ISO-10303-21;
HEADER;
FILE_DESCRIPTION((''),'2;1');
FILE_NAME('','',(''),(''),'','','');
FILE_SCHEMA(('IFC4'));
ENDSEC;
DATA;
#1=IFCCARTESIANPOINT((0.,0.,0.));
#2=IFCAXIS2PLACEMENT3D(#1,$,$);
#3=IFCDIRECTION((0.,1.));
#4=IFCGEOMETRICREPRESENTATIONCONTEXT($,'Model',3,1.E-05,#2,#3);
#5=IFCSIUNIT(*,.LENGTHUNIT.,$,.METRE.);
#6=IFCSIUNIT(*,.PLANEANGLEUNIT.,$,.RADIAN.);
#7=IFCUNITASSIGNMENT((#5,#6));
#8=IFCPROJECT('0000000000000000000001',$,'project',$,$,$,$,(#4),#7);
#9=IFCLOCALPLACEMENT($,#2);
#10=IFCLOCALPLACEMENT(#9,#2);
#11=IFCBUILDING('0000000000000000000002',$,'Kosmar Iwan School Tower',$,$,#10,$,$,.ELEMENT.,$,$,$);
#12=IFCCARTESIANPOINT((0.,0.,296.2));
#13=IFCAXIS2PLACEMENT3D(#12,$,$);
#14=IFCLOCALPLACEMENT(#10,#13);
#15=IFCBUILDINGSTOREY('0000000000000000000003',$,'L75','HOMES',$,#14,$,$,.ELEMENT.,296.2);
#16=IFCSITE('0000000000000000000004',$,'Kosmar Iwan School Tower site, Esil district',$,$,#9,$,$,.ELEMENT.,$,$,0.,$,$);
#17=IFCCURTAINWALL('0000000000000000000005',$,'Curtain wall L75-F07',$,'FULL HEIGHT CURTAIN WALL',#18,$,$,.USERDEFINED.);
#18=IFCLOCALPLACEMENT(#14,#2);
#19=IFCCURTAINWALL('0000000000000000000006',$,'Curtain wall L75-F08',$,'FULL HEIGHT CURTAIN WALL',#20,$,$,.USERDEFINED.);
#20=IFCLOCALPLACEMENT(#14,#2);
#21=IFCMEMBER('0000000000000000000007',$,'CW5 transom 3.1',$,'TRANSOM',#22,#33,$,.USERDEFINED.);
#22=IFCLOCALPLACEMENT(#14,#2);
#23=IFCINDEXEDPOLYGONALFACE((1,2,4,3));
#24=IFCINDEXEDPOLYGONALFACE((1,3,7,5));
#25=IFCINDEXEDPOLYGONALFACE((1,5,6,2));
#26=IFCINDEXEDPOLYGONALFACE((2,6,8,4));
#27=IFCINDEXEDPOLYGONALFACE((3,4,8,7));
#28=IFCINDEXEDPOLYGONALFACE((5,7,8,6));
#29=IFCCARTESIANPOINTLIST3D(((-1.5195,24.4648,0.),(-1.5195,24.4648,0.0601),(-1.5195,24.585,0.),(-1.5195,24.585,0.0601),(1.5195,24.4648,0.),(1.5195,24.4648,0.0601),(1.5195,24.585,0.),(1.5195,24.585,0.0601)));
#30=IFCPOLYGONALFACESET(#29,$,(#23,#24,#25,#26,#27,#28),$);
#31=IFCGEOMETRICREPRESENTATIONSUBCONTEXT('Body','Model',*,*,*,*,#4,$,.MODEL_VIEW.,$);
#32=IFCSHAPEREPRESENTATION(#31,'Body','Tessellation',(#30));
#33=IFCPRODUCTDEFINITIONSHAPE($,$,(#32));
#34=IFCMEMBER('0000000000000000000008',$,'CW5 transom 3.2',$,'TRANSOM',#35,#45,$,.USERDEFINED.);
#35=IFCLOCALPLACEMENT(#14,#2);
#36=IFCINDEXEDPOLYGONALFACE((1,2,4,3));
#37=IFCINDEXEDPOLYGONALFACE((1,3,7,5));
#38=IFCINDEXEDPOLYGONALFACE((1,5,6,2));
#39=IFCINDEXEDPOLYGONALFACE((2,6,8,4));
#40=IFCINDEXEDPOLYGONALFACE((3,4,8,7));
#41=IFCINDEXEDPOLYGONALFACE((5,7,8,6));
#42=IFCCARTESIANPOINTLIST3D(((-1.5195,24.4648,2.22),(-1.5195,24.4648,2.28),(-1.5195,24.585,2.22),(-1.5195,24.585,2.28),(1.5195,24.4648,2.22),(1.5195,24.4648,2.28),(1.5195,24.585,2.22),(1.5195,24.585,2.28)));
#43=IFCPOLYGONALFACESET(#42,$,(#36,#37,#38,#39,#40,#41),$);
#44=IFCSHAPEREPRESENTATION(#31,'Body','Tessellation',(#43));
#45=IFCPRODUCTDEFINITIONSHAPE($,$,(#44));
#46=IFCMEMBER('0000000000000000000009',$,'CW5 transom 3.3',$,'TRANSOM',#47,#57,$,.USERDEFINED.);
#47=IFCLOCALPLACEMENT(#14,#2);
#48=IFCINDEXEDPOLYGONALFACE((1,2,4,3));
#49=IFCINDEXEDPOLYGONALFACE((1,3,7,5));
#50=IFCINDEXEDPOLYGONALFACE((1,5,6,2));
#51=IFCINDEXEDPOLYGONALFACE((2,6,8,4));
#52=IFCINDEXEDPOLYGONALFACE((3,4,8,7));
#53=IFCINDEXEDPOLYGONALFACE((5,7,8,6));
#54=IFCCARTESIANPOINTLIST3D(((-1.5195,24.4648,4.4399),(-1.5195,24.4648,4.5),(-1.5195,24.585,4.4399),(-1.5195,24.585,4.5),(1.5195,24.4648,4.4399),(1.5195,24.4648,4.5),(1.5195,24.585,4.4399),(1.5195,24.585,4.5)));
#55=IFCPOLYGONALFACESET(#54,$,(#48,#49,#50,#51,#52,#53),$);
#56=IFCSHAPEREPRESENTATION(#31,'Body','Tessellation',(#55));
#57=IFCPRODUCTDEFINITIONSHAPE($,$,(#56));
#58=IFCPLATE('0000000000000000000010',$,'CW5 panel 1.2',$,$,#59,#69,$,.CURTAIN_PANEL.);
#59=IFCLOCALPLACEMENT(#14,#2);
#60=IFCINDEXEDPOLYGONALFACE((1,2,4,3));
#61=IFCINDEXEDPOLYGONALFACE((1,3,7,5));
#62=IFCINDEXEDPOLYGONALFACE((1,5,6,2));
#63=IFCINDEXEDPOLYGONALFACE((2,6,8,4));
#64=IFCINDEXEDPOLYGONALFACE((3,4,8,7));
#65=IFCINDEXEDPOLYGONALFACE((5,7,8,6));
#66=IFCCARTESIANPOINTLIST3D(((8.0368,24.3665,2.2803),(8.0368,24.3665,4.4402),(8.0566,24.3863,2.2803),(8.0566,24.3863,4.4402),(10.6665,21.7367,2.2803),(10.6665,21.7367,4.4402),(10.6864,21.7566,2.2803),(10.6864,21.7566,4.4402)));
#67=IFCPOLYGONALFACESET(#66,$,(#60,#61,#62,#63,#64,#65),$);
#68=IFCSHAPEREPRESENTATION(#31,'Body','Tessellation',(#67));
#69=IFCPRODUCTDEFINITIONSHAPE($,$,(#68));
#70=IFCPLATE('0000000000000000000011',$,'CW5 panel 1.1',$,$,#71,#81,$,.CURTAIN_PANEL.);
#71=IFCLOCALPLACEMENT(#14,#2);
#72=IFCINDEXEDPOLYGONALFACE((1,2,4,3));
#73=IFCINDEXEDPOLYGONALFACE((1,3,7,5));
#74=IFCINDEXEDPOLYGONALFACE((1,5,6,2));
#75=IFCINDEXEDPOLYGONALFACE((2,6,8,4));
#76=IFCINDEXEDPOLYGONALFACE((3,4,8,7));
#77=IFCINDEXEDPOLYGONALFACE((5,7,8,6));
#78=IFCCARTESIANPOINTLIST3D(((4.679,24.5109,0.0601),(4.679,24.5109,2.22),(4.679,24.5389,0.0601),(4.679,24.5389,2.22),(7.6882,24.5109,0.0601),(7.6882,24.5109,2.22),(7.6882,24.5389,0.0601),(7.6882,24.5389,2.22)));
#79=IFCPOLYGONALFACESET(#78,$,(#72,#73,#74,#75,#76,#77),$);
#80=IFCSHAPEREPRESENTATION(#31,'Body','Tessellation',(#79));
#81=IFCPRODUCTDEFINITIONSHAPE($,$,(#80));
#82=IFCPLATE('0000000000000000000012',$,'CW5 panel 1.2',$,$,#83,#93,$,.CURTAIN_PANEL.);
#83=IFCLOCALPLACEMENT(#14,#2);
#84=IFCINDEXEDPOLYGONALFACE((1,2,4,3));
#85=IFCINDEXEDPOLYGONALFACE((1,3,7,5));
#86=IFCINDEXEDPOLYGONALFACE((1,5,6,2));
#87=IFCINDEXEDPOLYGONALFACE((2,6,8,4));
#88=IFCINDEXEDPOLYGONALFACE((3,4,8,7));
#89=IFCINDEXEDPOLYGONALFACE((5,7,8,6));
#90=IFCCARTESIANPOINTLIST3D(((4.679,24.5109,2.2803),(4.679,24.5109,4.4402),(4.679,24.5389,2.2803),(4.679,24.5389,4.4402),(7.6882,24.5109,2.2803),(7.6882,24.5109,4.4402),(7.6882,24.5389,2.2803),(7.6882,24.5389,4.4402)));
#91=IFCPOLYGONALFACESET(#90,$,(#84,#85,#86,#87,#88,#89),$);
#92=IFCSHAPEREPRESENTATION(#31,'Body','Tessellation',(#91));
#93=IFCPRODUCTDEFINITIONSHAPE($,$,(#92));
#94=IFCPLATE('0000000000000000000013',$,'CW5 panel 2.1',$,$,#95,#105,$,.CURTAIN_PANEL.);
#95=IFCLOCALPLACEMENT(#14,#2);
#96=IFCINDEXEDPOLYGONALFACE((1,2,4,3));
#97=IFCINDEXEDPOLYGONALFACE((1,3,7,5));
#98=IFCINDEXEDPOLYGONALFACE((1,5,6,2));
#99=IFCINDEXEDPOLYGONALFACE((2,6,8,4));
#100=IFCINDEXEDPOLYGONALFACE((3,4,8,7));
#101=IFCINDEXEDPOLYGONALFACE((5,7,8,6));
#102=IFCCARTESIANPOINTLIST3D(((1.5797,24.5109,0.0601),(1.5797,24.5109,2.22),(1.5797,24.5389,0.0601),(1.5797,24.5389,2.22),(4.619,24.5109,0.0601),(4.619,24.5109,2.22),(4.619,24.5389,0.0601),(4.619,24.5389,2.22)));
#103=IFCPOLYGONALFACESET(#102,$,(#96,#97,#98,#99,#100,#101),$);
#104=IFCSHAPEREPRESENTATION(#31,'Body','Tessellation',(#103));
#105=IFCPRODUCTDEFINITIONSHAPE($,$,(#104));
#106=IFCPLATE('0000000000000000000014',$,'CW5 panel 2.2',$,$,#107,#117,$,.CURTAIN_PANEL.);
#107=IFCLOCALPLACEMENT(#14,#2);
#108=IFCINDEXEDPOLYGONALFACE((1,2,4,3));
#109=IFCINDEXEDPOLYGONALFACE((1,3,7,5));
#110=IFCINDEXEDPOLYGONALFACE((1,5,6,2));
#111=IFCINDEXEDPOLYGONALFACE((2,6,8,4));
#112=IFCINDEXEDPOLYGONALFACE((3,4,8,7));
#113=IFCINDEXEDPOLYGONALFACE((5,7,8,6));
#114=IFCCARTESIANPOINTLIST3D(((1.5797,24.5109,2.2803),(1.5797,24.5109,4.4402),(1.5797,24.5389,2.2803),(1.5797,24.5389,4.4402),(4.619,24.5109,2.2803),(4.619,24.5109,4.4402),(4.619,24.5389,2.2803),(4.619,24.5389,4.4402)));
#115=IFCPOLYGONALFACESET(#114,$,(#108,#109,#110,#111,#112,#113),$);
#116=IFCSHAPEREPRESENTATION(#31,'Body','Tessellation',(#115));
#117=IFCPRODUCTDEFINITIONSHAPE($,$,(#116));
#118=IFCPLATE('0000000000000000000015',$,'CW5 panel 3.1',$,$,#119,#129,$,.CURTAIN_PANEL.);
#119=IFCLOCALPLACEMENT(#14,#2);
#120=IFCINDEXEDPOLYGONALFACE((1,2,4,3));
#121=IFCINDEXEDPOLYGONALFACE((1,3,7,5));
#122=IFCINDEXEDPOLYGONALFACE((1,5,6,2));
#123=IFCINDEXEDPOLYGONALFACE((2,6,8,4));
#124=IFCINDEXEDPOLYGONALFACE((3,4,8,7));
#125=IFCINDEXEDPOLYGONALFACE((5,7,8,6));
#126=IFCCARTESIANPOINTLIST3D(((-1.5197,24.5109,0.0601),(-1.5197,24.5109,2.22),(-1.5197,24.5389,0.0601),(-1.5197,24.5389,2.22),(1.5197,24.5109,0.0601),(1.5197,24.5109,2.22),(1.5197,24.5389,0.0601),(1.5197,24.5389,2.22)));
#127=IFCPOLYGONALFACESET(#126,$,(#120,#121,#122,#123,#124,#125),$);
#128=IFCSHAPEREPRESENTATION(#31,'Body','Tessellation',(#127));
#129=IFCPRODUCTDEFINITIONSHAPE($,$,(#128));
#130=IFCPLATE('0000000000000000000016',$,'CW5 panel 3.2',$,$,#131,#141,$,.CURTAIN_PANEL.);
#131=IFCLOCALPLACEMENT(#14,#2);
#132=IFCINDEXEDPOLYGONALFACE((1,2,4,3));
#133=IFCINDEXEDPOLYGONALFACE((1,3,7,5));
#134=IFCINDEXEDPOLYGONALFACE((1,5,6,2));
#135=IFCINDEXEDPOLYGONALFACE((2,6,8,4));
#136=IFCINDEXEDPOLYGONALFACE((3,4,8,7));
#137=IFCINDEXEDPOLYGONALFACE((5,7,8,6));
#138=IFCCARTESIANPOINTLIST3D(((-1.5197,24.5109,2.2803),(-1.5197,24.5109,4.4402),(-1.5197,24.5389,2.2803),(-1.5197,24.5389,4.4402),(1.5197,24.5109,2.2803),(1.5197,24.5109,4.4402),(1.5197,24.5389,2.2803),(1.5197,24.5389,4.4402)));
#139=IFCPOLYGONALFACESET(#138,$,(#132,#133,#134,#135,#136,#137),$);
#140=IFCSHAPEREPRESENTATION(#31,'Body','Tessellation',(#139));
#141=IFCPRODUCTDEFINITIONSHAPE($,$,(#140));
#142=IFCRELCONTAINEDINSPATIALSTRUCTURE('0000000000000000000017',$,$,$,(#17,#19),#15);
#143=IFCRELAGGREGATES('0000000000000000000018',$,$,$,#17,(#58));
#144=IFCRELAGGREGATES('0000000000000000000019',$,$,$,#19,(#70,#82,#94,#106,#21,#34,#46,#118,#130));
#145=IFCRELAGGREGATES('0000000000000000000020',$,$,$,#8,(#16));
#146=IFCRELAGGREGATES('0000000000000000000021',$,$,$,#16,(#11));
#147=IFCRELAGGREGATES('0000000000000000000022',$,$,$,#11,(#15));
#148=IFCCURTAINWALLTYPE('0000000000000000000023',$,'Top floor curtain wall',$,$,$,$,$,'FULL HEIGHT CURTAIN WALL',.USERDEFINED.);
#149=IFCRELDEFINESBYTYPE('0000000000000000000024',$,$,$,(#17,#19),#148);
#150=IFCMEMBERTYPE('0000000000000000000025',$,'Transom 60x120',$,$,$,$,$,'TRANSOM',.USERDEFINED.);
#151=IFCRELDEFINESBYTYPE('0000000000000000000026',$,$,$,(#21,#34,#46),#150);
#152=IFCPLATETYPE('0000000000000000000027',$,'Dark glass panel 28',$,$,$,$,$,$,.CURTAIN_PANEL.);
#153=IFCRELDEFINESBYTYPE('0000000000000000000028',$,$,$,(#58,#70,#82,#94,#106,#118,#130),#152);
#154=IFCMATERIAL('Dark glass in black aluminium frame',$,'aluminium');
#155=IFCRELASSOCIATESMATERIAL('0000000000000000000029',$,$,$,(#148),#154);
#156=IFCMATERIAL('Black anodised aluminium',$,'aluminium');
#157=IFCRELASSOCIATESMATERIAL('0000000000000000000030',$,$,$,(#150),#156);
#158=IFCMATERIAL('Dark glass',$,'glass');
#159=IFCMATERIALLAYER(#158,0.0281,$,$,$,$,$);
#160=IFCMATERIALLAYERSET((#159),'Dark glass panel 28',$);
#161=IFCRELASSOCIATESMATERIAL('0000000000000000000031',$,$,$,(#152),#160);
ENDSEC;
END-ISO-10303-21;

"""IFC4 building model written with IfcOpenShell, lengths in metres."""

from ifc_helpers import new_model, si_unit, direction, frame, origin, origin_2d, place, context, subcontext, project, spatial, rectangle, extrude, material, layer, layer_set, material_profile, profile_set, type_object, element, aggregate, save


model = new_model("IFC4")

# Units and contexts
model_context = context("Model", 3, precision=1e-05, world=origin(), true_north=direction((0.0, 1.0)))
body_context = subcontext(model_context, "Body", "Model", "MODEL_VIEW")
ifc_project = project(units=[si_unit("LENGTHUNIT", "METRE"), si_unit("PLANEANGLEUNIT", "RADIAN")], contexts=[model_context])

# Site, building, storey
site_placement = place(None, origin())
site = spatial("IfcSite", under=ifc_project, at=site_placement, Name="Kosmar Iwan School Tower site, Esil district", CompositionType="ELEMENT", RefElevation=0.0)
building_placement = place(site_placement, origin())
building = spatial("IfcBuilding", under=site, at=building_placement, Name="Kosmar Iwan School Tower", CompositionType="ELEMENT")
storey_placement = place(building_placement, frame((0.0, 0.0, 296.2)))
storey = spatial("IfcBuildingStorey", under=building, at=storey_placement, Name="L75", Description="HOMES", CompositionType="ELEMENT", Elevation=296.2)

# Curtain wall
ifc_material_1 = material(Name="Dark glass in black aluminium frame", Category="aluminium")
curtain_wall_type = type_object("IfcCurtainWallType", Name="Top floor curtain wall", ElementType="FULL HEIGHT CURTAIN WALL", PredefinedType="USERDEFINED", material=ifc_material_1)
curtain_wall_1_placement = place(storey_placement, origin())
curtain_wall_1 = element("IfcCurtainWall", 1, at=curtain_wall_1_placement, inside=storey, type_object=curtain_wall_type, Name="Curtain wall L75-F07", ObjectType="FULL HEIGHT CURTAIN WALL", PredefinedType="USERDEFINED")

# Curtain wall
curtain_wall_2_placement = place(storey_placement, origin())
curtain_wall_2 = element("IfcCurtainWall", 2, at=curtain_wall_2_placement, inside=storey, type_object=curtain_wall_type, Name="Curtain wall L75-F08", ObjectType="FULL HEIGHT CURTAIN WALL", PredefinedType="USERDEFINED")

# Members
ifc_material_2 = material(Name="Black anodised aluminium", Category="aluminium")
ifc_material_profile_1 = material_profile(ifc_material_2, rectangle(XDim=0.1201, YDim=0.0601, at=origin_2d()), Name="TRANSOM 60x120")
ifc_profile_set_1 = profile_set([ifc_material_profile_1], Name="Black anodised aluminium")
member_type_1 = type_object("IfcMemberType", Name="Transom 60x120", ElementType="TRANSOM", PredefinedType="USERDEFINED", material=ifc_profile_set_1)
member_1_placement = place(storey_placement, frame((1.5195, 24.5249, 0.03), z_axis=(-1.0, 0.0, 0.0), x_axis=(0.0, -1.0, 0.0)))
member_1 = element("IfcMember", 3, at=member_1_placement, type_object=member_type_1, Name="CW5 transom 3.1", ObjectType="TRANSOM", PredefinedType="USERDEFINED", context=body_context, shape_type="SweptSolid", body=[
    extrude(rectangle(XDim=0.1201, YDim=0.0601, at=origin_2d()), origin(), (0.0, 0.0, 1.0), 3.0391),
])
member_2_placement = place(storey_placement, frame((1.5195, 24.5249, 2.25), z_axis=(-1.0, 0.0, 0.0), x_axis=(0.0, -1.0, 0.0)))
member_2 = element("IfcMember", 4, at=member_2_placement, type_object=member_type_1, Name="CW5 transom 3.2", ObjectType="TRANSOM", PredefinedType="USERDEFINED", context=body_context, shape_type="SweptSolid", body=[
    extrude(rectangle(XDim=0.1201, YDim=0.0601, at=origin_2d()), origin(), (0.0, 0.0, 1.0), 3.0391),
])
member_3_placement = place(storey_placement, frame((1.5195, 24.5249, 4.47), z_axis=(-1.0, 0.0, 0.0), x_axis=(0.0, -1.0, 0.0)))
member_3 = element("IfcMember", 5, at=member_3_placement, type_object=member_type_1, Name="CW5 transom 3.3", ObjectType="TRANSOM", PredefinedType="USERDEFINED", context=body_context, shape_type="SweptSolid", body=[
    extrude(rectangle(XDim=0.1201, YDim=0.0601, at=origin_2d()), origin(), (0.0, 0.0, 1.0), 3.0391),
])

# Plates
ifc_material_3 = material(Name="Dark glass", Category="glass")
ifc_layer = layer(ifc_material_3, 0.0281)
ifc_layer_set = layer_set([ifc_layer], Name="Dark glass panel 28")
plate_type = type_object("IfcPlateType", Name="Dark glass panel 28", PredefinedType="CURTAIN_PANEL", material=ifc_layer_set)
plate_1_placement = place(storey_placement, frame((9.3616, 23.0615, 2.2803), z_axis=(0.0, 0.0, 1.0), x_axis=(-0.707107, 0.707107, 0.0)))
plate_1 = element("IfcPlate", 6, at=plate_1_placement, type_object=plate_type, Name="CW5 panel 1.2", PredefinedType="CURTAIN_PANEL", context=body_context, shape_type="SweptSolid", body=[
    extrude(rectangle(XDim=3.719, YDim=0.0281, at=origin_2d()), origin(), (0.0, 0.0, 1.0), 2.1599),
])
aggregate(curtain_wall_1, [plate_1])
plate_2_placement = place(storey_placement, frame((6.1836, 24.5249, 0.0601), z_axis=(0.0, 0.0, 1.0), x_axis=(-1.0, 0.0, 0.0)))
plate_2 = element("IfcPlate", 7, at=plate_2_placement, type_object=plate_type, Name="CW5 panel 1.1", PredefinedType="CURTAIN_PANEL", context=body_context, shape_type="SweptSolid", body=[
    extrude(rectangle(XDim=3.0093, YDim=0.0281, at=origin_2d()), origin(), (0.0, 0.0, 1.0), 2.1599),
])
plate_3_placement = place(storey_placement, frame((6.1836, 24.5249, 2.2803), z_axis=(0.0, 0.0, 1.0), x_axis=(-1.0, 0.0, 0.0)))
plate_3 = element("IfcPlate", 8, at=plate_3_placement, type_object=plate_type, Name="CW5 panel 1.2", PredefinedType="CURTAIN_PANEL", context=body_context, shape_type="SweptSolid", body=[
    extrude(rectangle(XDim=3.0093, YDim=0.0281, at=origin_2d()), origin(), (0.0, 0.0, 1.0), 2.1599),
])
plate_4_placement = place(storey_placement, frame((3.0994, 24.5249, 0.0601), z_axis=(0.0, 0.0, 1.0), x_axis=(-1.0, 0.0, 0.0)))
plate_4 = element("IfcPlate", 9, at=plate_4_placement, type_object=plate_type, Name="CW5 panel 2.1", PredefinedType="CURTAIN_PANEL", context=body_context, shape_type="SweptSolid", body=[
    extrude(rectangle(XDim=3.0393, YDim=0.0281, at=origin_2d()), origin(), (0.0, 0.0, 1.0), 2.1599),
])
plate_5_placement = place(storey_placement, frame((3.0994, 24.5249, 2.2803), z_axis=(0.0, 0.0, 1.0), x_axis=(-1.0, 0.0, 0.0)))
plate_5 = element("IfcPlate", 10, at=plate_5_placement, type_object=plate_type, Name="CW5 panel 2.2", PredefinedType="CURTAIN_PANEL", context=body_context, shape_type="SweptSolid", body=[
    extrude(rectangle(XDim=3.0393, YDim=0.0281, at=origin_2d()), origin(), (0.0, 0.0, 1.0), 2.1599),
])
plate_6_placement = place(storey_placement, frame((0.0, 24.5249, 0.0601), z_axis=(0.0, 0.0, 1.0), x_axis=(-1.0, 0.0, 0.0)))
plate_6 = element("IfcPlate", 11, at=plate_6_placement, type_object=plate_type, Name="CW5 panel 3.1", PredefinedType="CURTAIN_PANEL", context=body_context, shape_type="SweptSolid", body=[
    extrude(rectangle(XDim=3.0393, YDim=0.0281, at=origin_2d()), origin(), (0.0, 0.0, 1.0), 2.1599),
])
plate_7_placement = place(storey_placement, frame((0.0, 24.5249, 2.2803), z_axis=(0.0, 0.0, 1.0), x_axis=(-1.0, 0.0, 0.0)))
plate_7 = element("IfcPlate", 12, at=plate_7_placement, type_object=plate_type, Name="CW5 panel 3.2", PredefinedType="CURTAIN_PANEL", context=body_context, shape_type="SweptSolid", body=[
    extrude(rectangle(XDim=3.0393, YDim=0.0281, at=origin_2d()), origin(), (0.0, 0.0, 1.0), 2.1599),
])
aggregate(curtain_wall_2, [plate_2, plate_3, plate_4, plate_5, member_1, member_2, member_3, plate_6, plate_7])

save(model, "model.ifc")
